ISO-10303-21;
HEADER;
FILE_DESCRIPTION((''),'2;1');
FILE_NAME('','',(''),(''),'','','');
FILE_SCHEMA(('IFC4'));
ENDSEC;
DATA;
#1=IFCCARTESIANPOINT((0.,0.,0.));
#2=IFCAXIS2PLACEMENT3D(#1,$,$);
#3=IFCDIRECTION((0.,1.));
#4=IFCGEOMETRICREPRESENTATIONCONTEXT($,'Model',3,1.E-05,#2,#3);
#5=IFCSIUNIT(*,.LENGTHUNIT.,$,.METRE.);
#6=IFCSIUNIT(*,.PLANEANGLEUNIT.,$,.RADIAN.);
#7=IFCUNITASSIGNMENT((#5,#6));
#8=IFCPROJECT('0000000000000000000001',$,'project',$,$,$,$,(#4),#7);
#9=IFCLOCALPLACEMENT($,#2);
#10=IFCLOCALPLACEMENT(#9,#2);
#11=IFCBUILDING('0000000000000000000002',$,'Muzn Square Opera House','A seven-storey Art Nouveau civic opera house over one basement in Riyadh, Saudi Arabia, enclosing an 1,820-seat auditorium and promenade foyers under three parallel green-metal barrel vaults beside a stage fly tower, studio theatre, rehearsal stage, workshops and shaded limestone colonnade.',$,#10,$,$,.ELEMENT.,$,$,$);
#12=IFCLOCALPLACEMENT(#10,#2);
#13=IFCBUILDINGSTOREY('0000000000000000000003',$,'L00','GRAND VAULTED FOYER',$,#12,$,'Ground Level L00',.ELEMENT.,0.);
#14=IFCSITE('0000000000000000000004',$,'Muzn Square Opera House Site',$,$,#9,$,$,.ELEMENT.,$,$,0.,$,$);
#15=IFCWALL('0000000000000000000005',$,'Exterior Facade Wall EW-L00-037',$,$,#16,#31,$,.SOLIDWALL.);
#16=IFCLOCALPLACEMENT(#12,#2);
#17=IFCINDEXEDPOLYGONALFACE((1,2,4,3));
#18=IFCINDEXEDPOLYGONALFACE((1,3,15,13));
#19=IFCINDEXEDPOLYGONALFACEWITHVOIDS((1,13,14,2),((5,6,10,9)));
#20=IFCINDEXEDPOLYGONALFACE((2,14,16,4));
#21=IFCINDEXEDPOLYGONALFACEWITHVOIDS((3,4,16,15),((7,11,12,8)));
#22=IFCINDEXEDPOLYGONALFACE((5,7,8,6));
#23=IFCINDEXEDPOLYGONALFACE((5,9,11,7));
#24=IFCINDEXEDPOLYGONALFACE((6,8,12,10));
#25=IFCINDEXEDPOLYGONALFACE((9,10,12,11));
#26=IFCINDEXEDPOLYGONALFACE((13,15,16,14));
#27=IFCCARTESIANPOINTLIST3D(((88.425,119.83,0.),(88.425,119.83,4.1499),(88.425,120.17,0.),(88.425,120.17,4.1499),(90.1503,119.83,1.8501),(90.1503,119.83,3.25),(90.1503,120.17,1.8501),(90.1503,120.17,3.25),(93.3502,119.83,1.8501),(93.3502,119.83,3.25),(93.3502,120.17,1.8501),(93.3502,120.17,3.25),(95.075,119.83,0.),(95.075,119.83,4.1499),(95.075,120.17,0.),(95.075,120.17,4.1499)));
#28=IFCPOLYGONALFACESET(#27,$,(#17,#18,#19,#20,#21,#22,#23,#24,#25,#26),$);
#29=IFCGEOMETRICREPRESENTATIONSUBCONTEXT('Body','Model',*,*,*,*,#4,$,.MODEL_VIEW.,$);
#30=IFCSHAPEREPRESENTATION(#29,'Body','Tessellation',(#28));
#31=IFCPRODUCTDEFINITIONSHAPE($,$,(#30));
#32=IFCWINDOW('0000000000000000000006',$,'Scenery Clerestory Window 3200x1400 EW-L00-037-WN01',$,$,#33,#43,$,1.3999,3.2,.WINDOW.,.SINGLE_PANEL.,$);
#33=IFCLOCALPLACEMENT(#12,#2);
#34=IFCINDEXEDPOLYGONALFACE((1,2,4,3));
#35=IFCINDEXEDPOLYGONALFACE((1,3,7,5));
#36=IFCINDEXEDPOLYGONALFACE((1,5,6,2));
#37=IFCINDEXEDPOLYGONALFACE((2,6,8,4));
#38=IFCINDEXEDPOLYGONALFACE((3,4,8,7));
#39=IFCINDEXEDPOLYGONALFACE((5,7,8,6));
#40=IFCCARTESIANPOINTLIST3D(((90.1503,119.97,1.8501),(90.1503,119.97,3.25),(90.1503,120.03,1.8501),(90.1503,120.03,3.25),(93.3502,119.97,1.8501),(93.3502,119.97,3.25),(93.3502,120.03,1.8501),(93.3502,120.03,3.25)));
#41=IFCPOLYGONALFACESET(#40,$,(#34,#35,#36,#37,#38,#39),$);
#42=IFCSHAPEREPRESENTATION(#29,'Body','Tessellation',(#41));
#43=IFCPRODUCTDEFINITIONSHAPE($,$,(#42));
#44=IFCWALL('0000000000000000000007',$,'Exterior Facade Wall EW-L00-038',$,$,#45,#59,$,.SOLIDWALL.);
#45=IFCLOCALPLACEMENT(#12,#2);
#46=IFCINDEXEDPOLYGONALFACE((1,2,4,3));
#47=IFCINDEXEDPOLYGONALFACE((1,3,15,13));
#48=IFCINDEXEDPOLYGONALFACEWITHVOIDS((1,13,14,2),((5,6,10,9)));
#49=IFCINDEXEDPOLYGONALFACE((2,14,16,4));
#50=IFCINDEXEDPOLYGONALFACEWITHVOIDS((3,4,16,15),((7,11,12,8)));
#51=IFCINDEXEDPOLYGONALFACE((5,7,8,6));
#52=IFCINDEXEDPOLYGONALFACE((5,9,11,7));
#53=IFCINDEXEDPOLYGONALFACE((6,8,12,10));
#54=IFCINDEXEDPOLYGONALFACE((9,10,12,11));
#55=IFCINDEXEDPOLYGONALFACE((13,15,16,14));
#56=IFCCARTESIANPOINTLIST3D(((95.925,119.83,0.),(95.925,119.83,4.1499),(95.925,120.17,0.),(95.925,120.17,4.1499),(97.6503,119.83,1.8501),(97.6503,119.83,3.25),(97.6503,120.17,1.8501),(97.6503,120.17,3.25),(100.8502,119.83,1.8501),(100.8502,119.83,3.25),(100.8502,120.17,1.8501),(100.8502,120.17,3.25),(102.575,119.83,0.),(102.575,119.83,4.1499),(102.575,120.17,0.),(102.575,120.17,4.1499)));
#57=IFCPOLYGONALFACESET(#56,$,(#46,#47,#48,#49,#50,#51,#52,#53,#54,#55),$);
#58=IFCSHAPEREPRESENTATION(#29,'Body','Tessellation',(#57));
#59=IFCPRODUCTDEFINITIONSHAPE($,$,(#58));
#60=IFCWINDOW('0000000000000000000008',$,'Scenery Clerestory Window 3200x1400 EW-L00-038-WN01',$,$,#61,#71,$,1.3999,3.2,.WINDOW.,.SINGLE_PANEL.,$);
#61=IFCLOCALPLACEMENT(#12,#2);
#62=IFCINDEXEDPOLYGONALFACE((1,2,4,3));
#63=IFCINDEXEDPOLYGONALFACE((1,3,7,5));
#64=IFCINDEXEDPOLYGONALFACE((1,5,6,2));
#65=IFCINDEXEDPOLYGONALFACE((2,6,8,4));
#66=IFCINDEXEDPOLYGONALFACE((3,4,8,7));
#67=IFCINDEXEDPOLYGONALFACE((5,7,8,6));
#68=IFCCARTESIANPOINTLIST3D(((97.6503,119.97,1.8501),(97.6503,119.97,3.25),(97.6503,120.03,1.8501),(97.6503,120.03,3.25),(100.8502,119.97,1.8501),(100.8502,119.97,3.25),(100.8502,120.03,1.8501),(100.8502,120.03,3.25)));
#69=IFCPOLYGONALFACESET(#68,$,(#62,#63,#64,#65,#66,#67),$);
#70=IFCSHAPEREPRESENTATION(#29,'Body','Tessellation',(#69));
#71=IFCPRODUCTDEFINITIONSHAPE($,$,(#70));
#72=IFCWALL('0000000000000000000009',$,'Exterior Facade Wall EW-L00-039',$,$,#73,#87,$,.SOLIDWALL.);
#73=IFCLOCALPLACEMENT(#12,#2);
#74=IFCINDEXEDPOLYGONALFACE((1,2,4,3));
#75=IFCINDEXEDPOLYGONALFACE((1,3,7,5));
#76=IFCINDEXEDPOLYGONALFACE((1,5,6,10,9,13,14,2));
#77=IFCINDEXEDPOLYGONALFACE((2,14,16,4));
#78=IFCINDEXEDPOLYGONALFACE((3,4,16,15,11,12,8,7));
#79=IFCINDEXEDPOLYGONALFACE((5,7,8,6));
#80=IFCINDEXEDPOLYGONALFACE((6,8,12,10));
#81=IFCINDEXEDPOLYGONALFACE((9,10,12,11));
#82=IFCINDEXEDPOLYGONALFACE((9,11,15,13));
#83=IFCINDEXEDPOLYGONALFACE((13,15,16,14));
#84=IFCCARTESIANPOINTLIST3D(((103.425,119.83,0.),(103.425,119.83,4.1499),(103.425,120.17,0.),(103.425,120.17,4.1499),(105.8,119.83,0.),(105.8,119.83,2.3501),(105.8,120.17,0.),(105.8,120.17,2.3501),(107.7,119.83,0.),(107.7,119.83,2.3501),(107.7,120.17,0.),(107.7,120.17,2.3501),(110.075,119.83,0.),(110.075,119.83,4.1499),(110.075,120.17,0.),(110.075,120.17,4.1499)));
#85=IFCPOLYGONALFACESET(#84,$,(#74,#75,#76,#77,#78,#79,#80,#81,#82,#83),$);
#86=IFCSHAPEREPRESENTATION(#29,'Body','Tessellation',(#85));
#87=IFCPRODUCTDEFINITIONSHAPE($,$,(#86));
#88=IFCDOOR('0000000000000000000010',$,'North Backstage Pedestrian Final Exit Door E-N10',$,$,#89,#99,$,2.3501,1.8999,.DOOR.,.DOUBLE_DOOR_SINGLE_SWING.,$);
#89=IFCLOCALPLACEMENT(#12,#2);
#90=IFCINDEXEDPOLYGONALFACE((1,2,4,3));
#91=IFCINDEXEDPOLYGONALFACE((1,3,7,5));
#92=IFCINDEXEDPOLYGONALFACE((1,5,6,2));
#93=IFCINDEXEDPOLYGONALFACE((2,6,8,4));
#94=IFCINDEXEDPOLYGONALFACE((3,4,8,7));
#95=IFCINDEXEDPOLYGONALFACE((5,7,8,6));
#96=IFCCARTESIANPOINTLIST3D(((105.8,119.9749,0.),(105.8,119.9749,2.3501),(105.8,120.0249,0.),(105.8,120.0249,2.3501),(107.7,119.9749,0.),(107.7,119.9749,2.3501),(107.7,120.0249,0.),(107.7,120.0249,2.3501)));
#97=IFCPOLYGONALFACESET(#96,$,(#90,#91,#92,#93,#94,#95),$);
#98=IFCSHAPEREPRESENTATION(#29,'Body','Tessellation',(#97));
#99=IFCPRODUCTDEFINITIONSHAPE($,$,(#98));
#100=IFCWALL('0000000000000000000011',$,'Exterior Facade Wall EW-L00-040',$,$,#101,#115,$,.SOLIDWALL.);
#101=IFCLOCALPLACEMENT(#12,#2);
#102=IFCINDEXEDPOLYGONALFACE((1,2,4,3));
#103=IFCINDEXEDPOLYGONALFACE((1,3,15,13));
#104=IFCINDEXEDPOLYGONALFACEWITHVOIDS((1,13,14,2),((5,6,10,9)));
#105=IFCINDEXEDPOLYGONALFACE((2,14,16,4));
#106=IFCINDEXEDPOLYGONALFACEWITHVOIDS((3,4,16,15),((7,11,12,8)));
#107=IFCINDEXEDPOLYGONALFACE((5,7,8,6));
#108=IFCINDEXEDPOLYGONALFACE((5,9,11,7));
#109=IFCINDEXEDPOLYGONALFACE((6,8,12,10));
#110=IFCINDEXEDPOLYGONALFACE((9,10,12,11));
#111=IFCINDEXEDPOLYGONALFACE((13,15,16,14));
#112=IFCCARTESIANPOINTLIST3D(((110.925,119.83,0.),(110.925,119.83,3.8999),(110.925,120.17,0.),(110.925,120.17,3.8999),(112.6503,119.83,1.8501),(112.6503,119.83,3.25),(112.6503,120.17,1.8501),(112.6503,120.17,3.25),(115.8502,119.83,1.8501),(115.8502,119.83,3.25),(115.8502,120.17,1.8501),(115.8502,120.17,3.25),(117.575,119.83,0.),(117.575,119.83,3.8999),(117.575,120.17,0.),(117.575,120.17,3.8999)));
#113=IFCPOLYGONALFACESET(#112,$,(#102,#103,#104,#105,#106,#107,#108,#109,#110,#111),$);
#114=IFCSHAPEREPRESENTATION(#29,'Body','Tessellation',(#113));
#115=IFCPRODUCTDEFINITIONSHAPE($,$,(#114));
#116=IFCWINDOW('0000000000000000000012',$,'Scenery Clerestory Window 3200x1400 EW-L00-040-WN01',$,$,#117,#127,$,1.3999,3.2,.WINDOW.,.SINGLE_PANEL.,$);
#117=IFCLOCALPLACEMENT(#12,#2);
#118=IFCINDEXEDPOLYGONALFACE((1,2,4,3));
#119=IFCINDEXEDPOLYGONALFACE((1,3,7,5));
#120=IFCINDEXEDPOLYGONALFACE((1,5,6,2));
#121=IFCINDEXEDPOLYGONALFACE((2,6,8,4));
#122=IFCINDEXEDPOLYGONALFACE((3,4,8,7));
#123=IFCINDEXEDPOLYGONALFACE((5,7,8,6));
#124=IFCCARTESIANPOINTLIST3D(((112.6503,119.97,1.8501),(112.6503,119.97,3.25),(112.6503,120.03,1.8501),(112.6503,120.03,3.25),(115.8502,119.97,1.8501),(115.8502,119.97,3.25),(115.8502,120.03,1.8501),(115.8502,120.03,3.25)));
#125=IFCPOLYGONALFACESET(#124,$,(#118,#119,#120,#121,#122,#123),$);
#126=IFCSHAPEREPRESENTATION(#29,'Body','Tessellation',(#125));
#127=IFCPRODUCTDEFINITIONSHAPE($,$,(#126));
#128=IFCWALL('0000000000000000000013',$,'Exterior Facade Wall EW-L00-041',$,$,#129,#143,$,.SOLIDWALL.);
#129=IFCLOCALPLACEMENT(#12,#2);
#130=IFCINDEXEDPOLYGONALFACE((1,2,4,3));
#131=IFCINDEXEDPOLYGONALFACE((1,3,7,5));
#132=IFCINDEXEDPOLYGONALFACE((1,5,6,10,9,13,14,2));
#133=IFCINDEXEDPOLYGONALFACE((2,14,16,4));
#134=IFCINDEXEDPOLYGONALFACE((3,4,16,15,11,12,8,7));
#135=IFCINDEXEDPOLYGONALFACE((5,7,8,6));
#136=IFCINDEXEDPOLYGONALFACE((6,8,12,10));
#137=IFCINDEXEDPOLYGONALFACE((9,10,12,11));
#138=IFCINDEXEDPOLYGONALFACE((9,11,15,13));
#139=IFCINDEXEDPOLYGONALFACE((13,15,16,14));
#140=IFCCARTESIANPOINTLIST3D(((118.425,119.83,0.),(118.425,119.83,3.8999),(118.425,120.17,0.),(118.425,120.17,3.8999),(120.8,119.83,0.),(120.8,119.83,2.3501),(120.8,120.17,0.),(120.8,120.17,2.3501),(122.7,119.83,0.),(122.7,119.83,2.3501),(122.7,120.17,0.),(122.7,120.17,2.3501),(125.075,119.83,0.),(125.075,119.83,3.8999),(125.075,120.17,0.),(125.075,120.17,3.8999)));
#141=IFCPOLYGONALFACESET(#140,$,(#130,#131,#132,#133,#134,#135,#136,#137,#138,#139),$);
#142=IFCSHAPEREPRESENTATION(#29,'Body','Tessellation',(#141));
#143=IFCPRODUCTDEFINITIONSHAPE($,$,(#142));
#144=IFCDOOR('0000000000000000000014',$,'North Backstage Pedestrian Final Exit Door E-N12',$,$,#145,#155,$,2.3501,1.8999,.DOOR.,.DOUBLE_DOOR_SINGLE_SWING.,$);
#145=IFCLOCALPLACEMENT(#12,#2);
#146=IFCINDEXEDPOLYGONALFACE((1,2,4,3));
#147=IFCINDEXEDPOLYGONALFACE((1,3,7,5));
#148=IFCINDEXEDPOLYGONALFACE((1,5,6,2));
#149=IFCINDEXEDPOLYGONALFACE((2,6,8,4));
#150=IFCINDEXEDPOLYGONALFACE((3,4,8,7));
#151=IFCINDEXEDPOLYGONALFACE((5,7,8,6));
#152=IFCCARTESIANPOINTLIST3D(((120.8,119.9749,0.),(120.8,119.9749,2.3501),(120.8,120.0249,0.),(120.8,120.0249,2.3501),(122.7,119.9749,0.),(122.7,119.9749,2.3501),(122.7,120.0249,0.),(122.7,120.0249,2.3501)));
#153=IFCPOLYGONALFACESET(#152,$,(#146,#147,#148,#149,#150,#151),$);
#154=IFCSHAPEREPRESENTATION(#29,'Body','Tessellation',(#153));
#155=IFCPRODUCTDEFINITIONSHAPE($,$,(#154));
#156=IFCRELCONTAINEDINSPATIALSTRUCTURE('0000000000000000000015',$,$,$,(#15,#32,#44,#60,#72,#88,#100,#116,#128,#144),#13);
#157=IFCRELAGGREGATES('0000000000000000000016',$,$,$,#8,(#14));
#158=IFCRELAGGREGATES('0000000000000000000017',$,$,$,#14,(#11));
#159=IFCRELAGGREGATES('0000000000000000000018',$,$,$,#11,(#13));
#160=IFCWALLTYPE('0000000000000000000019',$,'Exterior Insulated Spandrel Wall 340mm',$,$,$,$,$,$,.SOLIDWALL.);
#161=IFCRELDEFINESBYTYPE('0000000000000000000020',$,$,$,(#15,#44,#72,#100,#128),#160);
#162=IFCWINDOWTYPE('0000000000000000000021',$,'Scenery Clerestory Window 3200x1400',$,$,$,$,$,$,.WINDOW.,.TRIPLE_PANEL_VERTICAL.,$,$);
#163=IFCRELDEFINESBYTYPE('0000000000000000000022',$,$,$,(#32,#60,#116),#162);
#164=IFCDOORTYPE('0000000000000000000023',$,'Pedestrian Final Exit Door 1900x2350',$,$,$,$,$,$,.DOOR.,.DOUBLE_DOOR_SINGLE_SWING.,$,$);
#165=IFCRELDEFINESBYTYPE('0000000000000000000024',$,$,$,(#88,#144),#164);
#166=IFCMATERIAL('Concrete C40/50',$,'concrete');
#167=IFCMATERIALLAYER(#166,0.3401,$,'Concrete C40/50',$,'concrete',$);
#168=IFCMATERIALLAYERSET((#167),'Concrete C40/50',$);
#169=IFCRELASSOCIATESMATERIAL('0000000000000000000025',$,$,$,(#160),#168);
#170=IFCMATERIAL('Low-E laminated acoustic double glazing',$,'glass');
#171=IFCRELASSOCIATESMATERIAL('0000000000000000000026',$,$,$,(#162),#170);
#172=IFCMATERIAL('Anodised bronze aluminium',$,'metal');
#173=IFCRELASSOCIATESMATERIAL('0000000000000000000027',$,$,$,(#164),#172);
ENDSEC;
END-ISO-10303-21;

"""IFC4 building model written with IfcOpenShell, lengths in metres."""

from ifc_helpers import new_model, si_unit, direction, frame, frame_2d, origin, place, context, subcontext, project, spatial, rectangle, extrude, material, layer, layer_set, type_object, element, fill, save


model = new_model("IFC4")

# Units and contexts
model_context = context("Model", 3, precision=1e-05, world=origin(), true_north=direction((0.0, 1.0)))
body_context = subcontext(model_context, "Body", "Model", "MODEL_VIEW")
ifc_project = project(units=[si_unit("LENGTHUNIT", "METRE"), si_unit("PLANEANGLEUNIT", "RADIAN")], contexts=[model_context])

# Site, building, storey
site_placement = place(None, origin())
site = spatial("IfcSite", under=ifc_project, at=site_placement, Name="Muzn Square Opera House Site", CompositionType="ELEMENT", RefElevation=0.0)
building_placement = place(site_placement, origin())
building = spatial("IfcBuilding", under=site, at=building_placement, Name="Muzn Square Opera House", Description="A seven-storey Art Nouveau civic opera house over one basement in Riyadh, Saudi Arabia, enclosing an 1,820-seat auditorium and promenade foyers under three parallel green-metal barrel vaults beside a stage fly tower, studio theatre, rehearsal stage, workshops and shaded limestone colonnade.", CompositionType="ELEMENT")
storey_placement = place(building_placement, origin())
storey = spatial("IfcBuildingStorey", under=building, at=storey_placement, Name="L00", Description="GRAND VAULTED FOYER", LongName="Ground Level L00", CompositionType="ELEMENT", Elevation=0.0)

# Shared definitions
ifc_material_1 = material(Name="Concrete C40/50", Category="concrete")

# Walls, openings, windows
ifc_layer = layer(ifc_material_1, 0.3401, Name="Concrete C40/50", Category="concrete")
ifc_layer_set = layer_set([ifc_layer], Name="Concrete C40/50")
wall_type = type_object("IfcWallType", Name="Exterior Insulated Spandrel Wall 340mm", PredefinedType="SOLIDWALL", material=ifc_layer_set)
ifc_material_2 = material(Name="Low-E laminated acoustic double glazing", Category="glass")
window_type = type_object("IfcWindowType", Name="Scenery Clerestory Window 3200x1400", PartitioningType="TRIPLE_PANEL_VERTICAL", PredefinedType="WINDOW", material=ifc_material_2)
wall_1_placement = place(storey_placement, frame((88.425, 120.0, 0.0), z_axis=(0.0, 0.0, 1.0), x_axis=(1.0, 0.0, 0.0)))
wall_1 = element("IfcWall", 1, at=wall_1_placement, inside=storey, type_object=wall_type, Name="Exterior Facade Wall EW-L00-037", PredefinedType="SOLIDWALL", context=body_context, shape_type="SweptSolid", body=[
    extrude(rectangle(XDim=6.6499, YDim=0.3401, at=frame_2d((3.325, 0.0))), origin(), (0.0, 0.0, 1.0), 4.1499),
])
opening_1_placement = place(wall_1_placement, frame((1.7251, 0.0, 1.8501)))
opening_1 = element("IfcOpeningElement", 2, at=opening_1_placement, cuts=wall_1, PredefinedType="OPENING", context=body_context, shape_type="SweptSolid", body=[
    extrude(rectangle(XDim=3.2, YDim=1.3999, at=frame_2d((1.6001, 0.7))), frame((0.0, 0.1799, 0.0), z_axis=(0.0, -1.0, 0.0), x_axis=(1.0, 0.0, 0.0)), (0.0, 0.0, 1.0), 0.3601),
])
window_1_placement = place(opening_1_placement, origin())
window_1 = element("IfcWindow", 3, at=window_1_placement, inside=storey, type_object=window_type, Name="Scenery Clerestory Window 3200x1400 EW-L00-037-WN01", OverallHeight=1.3999, OverallWidth=3.2, PartitioningType="SINGLE_PANEL", PredefinedType="WINDOW", context=body_context, shape_type="SweptSolid", body=[
    extrude(rectangle(XDim=3.2, YDim=1.3999, at=frame_2d((1.6001, 0.7))), frame((0.0, 0.03, 0.0), z_axis=(0.0, -1.0, 0.0), x_axis=(1.0, 0.0, 0.0)), (0.0, 0.0, 1.0), 0.0601),
])
fill(opening_1, window_1)
wall_2_placement = place(storey_placement, frame((95.925, 120.0, 0.0), z_axis=(0.0, 0.0, 1.0), x_axis=(1.0, 0.0, 0.0)))
wall_2 = element("IfcWall", 4, at=wall_2_placement, inside=storey, type_object=wall_type, Name="Exterior Facade Wall EW-L00-038", PredefinedType="SOLIDWALL", context=body_context, shape_type="SweptSolid", body=[
    extrude(rectangle(XDim=6.6499, YDim=0.3401, at=frame_2d((3.325, 0.0))), origin(), (0.0, 0.0, 1.0), 4.1499),
])
opening_2_placement = place(wall_2_placement, frame((1.7251, 0.0, 1.8501)))
opening_2 = element("IfcOpeningElement", 5, at=opening_2_placement, cuts=wall_2, PredefinedType="OPENING", context=body_context, shape_type="SweptSolid", body=[
    extrude(rectangle(XDim=3.2, YDim=1.3999, at=frame_2d((1.6001, 0.7))), frame((0.0, 0.1799, 0.0), z_axis=(0.0, -1.0, 0.0), x_axis=(1.0, 0.0, 0.0)), (0.0, 0.0, 1.0), 0.3601),
])
window_2_placement = place(opening_2_placement, origin())
window_2 = element("IfcWindow", 6, at=window_2_placement, inside=storey, type_object=window_type, Name="Scenery Clerestory Window 3200x1400 EW-L00-038-WN01", OverallHeight=1.3999, OverallWidth=3.2, PartitioningType="SINGLE_PANEL", PredefinedType="WINDOW", context=body_context, shape_type="SweptSolid", body=[
    extrude(rectangle(XDim=3.2, YDim=1.3999, at=frame_2d((1.6001, 0.7))), frame((0.0, 0.03, 0.0), z_axis=(0.0, -1.0, 0.0), x_axis=(1.0, 0.0, 0.0)), (0.0, 0.0, 1.0), 0.0601),
])
fill(opening_2, window_2)

# Wall, opening, door
wall_3_placement = place(storey_placement, frame((103.425, 120.0, 0.0), z_axis=(0.0, 0.0, 1.0), x_axis=(1.0, 0.0, 0.0)))
wall_3 = element("IfcWall", 7, at=wall_3_placement, inside=storey, type_object=wall_type, Name="Exterior Facade Wall EW-L00-039", PredefinedType="SOLIDWALL", context=body_context, shape_type="SweptSolid", body=[
    extrude(rectangle(XDim=6.6499, YDim=0.3401, at=frame_2d((3.325, 0.0))), origin(), (0.0, 0.0, 1.0), 4.1499),
])
opening_3_placement = place(wall_3_placement, frame((2.375, 0.0, 0.0)))
opening_3 = element("IfcOpeningElement", 8, at=opening_3_placement, cuts=wall_3, PredefinedType="OPENING", context=body_context, shape_type="SweptSolid", body=[
    extrude(rectangle(XDim=1.8999, YDim=2.3501, at=frame_2d((0.95, 1.175))), frame((0.0, 0.1799, 0.0), z_axis=(0.0, -1.0, 0.0), x_axis=(1.0, 0.0, 0.0)), (0.0, 0.0, 1.0), 0.3601),
])
ifc_material_3 = material(Name="Anodised bronze aluminium", Category="metal")
door_type = type_object("IfcDoorType", Name="Pedestrian Final Exit Door 1900x2350", OperationType="DOUBLE_DOOR_SINGLE_SWING", PredefinedType="DOOR", material=ifc_material_3)
door_1_placement = place(opening_3_placement, origin())
door_1 = element("IfcDoor", 9, at=door_1_placement, inside=storey, type_object=door_type, Name="North Backstage Pedestrian Final Exit Door E-N10", OperationType="DOUBLE_DOOR_SINGLE_SWING", OverallHeight=2.3501, OverallWidth=1.8999, PredefinedType="DOOR", context=body_context, shape_type="SweptSolid", body=[
    extrude(rectangle(XDim=1.8999, YDim=2.3501, at=frame_2d((0.95, 1.175))), frame((0.0, 0.0249, 0.0), z_axis=(0.0, -1.0, 0.0), x_axis=(1.0, 0.0, 0.0)), (0.0, 0.0, 1.0), 0.05),
])
fill(opening_3, door_1)

# Wall, opening, window
wall_4_placement = place(storey_placement, frame((110.925, 120.0, 0.0), z_axis=(0.0, 0.0, 1.0), x_axis=(1.0, 0.0, 0.0)))
wall_4 = element("IfcWall", 10, at=wall_4_placement, inside=storey, type_object=wall_type, Name="Exterior Facade Wall EW-L00-040", PredefinedType="SOLIDWALL", context=body_context, shape_type="SweptSolid", body=[
    extrude(rectangle(XDim=6.6499, YDim=0.3401, at=frame_2d((3.325, 0.0))), origin(), (0.0, 0.0, 1.0), 3.8999),
])
opening_4_placement = place(wall_4_placement, frame((1.7251, 0.0, 1.8501)))
opening_4 = element("IfcOpeningElement", 11, at=opening_4_placement, cuts=wall_4, PredefinedType="OPENING", context=body_context, shape_type="SweptSolid", body=[
    extrude(rectangle(XDim=3.2, YDim=1.3999, at=frame_2d((1.6001, 0.7))), frame((0.0, 0.1799, 0.0), z_axis=(0.0, -1.0, 0.0), x_axis=(1.0, 0.0, 0.0)), (0.0, 0.0, 1.0), 0.3601),
])
window_3_placement = place(opening_4_placement, origin())
window_3 = element("IfcWindow", 12, at=window_3_placement, inside=storey, type_object=window_type, Name="Scenery Clerestory Window 3200x1400 EW-L00-040-WN01", OverallHeight=1.3999, OverallWidth=3.2, PartitioningType="SINGLE_PANEL", PredefinedType="WINDOW", context=body_context, shape_type="SweptSolid", body=[
    extrude(rectangle(XDim=3.2, YDim=1.3999, at=frame_2d((1.6001, 0.7))), frame((0.0, 0.03, 0.0), z_axis=(0.0, -1.0, 0.0), x_axis=(1.0, 0.0, 0.0)), (0.0, 0.0, 1.0), 0.0601),
])
fill(opening_4, window_3)

# Wall, opening, door
wall_5_placement = place(storey_placement, frame((118.425, 120.0, 0.0), z_axis=(0.0, 0.0, 1.0), x_axis=(1.0, 0.0, 0.0)))
wall_5 = element("IfcWall", 13, at=wall_5_placement, inside=storey, type_object=wall_type, Name="Exterior Facade Wall EW-L00-041", PredefinedType="SOLIDWALL", context=body_context, shape_type="SweptSolid", body=[
    extrude(rectangle(XDim=6.6499, YDim=0.3401, at=frame_2d((3.325, 0.0))), origin(), (0.0, 0.0, 1.0), 3.8999),
])
opening_5_placement = place(wall_5_placement, frame((2.375, 0.0, 0.0)))
opening_5 = element("IfcOpeningElement", 14, at=opening_5_placement, cuts=wall_5, PredefinedType="OPENING", context=body_context, shape_type="SweptSolid", body=[
    extrude(rectangle(XDim=1.8999, YDim=2.3501, at=frame_2d((0.95, 1.175))), frame((0.0, 0.1799, 0.0), z_axis=(0.0, -1.0, 0.0), x_axis=(1.0, 0.0, 0.0)), (0.0, 0.0, 1.0), 0.3601),
])
door_2_placement = place(opening_5_placement, origin())
door_2 = element("IfcDoor", 15, at=door_2_placement, inside=storey, type_object=door_type, Name="North Backstage Pedestrian Final Exit Door E-N12", OperationType="DOUBLE_DOOR_SINGLE_SWING", OverallHeight=2.3501, OverallWidth=1.8999, PredefinedType="DOOR", context=body_context, shape_type="SweptSolid", body=[
    extrude(rectangle(XDim=1.8999, YDim=2.3501, at=frame_2d((0.95, 1.175))), frame((0.0, 0.0249, 0.0), z_axis=(0.0, -1.0, 0.0), x_axis=(1.0, 0.0, 0.0)), (0.0, 0.0, 1.0), 0.05),
])
fill(opening_5, door_2)

save(model, "model.ifc")
